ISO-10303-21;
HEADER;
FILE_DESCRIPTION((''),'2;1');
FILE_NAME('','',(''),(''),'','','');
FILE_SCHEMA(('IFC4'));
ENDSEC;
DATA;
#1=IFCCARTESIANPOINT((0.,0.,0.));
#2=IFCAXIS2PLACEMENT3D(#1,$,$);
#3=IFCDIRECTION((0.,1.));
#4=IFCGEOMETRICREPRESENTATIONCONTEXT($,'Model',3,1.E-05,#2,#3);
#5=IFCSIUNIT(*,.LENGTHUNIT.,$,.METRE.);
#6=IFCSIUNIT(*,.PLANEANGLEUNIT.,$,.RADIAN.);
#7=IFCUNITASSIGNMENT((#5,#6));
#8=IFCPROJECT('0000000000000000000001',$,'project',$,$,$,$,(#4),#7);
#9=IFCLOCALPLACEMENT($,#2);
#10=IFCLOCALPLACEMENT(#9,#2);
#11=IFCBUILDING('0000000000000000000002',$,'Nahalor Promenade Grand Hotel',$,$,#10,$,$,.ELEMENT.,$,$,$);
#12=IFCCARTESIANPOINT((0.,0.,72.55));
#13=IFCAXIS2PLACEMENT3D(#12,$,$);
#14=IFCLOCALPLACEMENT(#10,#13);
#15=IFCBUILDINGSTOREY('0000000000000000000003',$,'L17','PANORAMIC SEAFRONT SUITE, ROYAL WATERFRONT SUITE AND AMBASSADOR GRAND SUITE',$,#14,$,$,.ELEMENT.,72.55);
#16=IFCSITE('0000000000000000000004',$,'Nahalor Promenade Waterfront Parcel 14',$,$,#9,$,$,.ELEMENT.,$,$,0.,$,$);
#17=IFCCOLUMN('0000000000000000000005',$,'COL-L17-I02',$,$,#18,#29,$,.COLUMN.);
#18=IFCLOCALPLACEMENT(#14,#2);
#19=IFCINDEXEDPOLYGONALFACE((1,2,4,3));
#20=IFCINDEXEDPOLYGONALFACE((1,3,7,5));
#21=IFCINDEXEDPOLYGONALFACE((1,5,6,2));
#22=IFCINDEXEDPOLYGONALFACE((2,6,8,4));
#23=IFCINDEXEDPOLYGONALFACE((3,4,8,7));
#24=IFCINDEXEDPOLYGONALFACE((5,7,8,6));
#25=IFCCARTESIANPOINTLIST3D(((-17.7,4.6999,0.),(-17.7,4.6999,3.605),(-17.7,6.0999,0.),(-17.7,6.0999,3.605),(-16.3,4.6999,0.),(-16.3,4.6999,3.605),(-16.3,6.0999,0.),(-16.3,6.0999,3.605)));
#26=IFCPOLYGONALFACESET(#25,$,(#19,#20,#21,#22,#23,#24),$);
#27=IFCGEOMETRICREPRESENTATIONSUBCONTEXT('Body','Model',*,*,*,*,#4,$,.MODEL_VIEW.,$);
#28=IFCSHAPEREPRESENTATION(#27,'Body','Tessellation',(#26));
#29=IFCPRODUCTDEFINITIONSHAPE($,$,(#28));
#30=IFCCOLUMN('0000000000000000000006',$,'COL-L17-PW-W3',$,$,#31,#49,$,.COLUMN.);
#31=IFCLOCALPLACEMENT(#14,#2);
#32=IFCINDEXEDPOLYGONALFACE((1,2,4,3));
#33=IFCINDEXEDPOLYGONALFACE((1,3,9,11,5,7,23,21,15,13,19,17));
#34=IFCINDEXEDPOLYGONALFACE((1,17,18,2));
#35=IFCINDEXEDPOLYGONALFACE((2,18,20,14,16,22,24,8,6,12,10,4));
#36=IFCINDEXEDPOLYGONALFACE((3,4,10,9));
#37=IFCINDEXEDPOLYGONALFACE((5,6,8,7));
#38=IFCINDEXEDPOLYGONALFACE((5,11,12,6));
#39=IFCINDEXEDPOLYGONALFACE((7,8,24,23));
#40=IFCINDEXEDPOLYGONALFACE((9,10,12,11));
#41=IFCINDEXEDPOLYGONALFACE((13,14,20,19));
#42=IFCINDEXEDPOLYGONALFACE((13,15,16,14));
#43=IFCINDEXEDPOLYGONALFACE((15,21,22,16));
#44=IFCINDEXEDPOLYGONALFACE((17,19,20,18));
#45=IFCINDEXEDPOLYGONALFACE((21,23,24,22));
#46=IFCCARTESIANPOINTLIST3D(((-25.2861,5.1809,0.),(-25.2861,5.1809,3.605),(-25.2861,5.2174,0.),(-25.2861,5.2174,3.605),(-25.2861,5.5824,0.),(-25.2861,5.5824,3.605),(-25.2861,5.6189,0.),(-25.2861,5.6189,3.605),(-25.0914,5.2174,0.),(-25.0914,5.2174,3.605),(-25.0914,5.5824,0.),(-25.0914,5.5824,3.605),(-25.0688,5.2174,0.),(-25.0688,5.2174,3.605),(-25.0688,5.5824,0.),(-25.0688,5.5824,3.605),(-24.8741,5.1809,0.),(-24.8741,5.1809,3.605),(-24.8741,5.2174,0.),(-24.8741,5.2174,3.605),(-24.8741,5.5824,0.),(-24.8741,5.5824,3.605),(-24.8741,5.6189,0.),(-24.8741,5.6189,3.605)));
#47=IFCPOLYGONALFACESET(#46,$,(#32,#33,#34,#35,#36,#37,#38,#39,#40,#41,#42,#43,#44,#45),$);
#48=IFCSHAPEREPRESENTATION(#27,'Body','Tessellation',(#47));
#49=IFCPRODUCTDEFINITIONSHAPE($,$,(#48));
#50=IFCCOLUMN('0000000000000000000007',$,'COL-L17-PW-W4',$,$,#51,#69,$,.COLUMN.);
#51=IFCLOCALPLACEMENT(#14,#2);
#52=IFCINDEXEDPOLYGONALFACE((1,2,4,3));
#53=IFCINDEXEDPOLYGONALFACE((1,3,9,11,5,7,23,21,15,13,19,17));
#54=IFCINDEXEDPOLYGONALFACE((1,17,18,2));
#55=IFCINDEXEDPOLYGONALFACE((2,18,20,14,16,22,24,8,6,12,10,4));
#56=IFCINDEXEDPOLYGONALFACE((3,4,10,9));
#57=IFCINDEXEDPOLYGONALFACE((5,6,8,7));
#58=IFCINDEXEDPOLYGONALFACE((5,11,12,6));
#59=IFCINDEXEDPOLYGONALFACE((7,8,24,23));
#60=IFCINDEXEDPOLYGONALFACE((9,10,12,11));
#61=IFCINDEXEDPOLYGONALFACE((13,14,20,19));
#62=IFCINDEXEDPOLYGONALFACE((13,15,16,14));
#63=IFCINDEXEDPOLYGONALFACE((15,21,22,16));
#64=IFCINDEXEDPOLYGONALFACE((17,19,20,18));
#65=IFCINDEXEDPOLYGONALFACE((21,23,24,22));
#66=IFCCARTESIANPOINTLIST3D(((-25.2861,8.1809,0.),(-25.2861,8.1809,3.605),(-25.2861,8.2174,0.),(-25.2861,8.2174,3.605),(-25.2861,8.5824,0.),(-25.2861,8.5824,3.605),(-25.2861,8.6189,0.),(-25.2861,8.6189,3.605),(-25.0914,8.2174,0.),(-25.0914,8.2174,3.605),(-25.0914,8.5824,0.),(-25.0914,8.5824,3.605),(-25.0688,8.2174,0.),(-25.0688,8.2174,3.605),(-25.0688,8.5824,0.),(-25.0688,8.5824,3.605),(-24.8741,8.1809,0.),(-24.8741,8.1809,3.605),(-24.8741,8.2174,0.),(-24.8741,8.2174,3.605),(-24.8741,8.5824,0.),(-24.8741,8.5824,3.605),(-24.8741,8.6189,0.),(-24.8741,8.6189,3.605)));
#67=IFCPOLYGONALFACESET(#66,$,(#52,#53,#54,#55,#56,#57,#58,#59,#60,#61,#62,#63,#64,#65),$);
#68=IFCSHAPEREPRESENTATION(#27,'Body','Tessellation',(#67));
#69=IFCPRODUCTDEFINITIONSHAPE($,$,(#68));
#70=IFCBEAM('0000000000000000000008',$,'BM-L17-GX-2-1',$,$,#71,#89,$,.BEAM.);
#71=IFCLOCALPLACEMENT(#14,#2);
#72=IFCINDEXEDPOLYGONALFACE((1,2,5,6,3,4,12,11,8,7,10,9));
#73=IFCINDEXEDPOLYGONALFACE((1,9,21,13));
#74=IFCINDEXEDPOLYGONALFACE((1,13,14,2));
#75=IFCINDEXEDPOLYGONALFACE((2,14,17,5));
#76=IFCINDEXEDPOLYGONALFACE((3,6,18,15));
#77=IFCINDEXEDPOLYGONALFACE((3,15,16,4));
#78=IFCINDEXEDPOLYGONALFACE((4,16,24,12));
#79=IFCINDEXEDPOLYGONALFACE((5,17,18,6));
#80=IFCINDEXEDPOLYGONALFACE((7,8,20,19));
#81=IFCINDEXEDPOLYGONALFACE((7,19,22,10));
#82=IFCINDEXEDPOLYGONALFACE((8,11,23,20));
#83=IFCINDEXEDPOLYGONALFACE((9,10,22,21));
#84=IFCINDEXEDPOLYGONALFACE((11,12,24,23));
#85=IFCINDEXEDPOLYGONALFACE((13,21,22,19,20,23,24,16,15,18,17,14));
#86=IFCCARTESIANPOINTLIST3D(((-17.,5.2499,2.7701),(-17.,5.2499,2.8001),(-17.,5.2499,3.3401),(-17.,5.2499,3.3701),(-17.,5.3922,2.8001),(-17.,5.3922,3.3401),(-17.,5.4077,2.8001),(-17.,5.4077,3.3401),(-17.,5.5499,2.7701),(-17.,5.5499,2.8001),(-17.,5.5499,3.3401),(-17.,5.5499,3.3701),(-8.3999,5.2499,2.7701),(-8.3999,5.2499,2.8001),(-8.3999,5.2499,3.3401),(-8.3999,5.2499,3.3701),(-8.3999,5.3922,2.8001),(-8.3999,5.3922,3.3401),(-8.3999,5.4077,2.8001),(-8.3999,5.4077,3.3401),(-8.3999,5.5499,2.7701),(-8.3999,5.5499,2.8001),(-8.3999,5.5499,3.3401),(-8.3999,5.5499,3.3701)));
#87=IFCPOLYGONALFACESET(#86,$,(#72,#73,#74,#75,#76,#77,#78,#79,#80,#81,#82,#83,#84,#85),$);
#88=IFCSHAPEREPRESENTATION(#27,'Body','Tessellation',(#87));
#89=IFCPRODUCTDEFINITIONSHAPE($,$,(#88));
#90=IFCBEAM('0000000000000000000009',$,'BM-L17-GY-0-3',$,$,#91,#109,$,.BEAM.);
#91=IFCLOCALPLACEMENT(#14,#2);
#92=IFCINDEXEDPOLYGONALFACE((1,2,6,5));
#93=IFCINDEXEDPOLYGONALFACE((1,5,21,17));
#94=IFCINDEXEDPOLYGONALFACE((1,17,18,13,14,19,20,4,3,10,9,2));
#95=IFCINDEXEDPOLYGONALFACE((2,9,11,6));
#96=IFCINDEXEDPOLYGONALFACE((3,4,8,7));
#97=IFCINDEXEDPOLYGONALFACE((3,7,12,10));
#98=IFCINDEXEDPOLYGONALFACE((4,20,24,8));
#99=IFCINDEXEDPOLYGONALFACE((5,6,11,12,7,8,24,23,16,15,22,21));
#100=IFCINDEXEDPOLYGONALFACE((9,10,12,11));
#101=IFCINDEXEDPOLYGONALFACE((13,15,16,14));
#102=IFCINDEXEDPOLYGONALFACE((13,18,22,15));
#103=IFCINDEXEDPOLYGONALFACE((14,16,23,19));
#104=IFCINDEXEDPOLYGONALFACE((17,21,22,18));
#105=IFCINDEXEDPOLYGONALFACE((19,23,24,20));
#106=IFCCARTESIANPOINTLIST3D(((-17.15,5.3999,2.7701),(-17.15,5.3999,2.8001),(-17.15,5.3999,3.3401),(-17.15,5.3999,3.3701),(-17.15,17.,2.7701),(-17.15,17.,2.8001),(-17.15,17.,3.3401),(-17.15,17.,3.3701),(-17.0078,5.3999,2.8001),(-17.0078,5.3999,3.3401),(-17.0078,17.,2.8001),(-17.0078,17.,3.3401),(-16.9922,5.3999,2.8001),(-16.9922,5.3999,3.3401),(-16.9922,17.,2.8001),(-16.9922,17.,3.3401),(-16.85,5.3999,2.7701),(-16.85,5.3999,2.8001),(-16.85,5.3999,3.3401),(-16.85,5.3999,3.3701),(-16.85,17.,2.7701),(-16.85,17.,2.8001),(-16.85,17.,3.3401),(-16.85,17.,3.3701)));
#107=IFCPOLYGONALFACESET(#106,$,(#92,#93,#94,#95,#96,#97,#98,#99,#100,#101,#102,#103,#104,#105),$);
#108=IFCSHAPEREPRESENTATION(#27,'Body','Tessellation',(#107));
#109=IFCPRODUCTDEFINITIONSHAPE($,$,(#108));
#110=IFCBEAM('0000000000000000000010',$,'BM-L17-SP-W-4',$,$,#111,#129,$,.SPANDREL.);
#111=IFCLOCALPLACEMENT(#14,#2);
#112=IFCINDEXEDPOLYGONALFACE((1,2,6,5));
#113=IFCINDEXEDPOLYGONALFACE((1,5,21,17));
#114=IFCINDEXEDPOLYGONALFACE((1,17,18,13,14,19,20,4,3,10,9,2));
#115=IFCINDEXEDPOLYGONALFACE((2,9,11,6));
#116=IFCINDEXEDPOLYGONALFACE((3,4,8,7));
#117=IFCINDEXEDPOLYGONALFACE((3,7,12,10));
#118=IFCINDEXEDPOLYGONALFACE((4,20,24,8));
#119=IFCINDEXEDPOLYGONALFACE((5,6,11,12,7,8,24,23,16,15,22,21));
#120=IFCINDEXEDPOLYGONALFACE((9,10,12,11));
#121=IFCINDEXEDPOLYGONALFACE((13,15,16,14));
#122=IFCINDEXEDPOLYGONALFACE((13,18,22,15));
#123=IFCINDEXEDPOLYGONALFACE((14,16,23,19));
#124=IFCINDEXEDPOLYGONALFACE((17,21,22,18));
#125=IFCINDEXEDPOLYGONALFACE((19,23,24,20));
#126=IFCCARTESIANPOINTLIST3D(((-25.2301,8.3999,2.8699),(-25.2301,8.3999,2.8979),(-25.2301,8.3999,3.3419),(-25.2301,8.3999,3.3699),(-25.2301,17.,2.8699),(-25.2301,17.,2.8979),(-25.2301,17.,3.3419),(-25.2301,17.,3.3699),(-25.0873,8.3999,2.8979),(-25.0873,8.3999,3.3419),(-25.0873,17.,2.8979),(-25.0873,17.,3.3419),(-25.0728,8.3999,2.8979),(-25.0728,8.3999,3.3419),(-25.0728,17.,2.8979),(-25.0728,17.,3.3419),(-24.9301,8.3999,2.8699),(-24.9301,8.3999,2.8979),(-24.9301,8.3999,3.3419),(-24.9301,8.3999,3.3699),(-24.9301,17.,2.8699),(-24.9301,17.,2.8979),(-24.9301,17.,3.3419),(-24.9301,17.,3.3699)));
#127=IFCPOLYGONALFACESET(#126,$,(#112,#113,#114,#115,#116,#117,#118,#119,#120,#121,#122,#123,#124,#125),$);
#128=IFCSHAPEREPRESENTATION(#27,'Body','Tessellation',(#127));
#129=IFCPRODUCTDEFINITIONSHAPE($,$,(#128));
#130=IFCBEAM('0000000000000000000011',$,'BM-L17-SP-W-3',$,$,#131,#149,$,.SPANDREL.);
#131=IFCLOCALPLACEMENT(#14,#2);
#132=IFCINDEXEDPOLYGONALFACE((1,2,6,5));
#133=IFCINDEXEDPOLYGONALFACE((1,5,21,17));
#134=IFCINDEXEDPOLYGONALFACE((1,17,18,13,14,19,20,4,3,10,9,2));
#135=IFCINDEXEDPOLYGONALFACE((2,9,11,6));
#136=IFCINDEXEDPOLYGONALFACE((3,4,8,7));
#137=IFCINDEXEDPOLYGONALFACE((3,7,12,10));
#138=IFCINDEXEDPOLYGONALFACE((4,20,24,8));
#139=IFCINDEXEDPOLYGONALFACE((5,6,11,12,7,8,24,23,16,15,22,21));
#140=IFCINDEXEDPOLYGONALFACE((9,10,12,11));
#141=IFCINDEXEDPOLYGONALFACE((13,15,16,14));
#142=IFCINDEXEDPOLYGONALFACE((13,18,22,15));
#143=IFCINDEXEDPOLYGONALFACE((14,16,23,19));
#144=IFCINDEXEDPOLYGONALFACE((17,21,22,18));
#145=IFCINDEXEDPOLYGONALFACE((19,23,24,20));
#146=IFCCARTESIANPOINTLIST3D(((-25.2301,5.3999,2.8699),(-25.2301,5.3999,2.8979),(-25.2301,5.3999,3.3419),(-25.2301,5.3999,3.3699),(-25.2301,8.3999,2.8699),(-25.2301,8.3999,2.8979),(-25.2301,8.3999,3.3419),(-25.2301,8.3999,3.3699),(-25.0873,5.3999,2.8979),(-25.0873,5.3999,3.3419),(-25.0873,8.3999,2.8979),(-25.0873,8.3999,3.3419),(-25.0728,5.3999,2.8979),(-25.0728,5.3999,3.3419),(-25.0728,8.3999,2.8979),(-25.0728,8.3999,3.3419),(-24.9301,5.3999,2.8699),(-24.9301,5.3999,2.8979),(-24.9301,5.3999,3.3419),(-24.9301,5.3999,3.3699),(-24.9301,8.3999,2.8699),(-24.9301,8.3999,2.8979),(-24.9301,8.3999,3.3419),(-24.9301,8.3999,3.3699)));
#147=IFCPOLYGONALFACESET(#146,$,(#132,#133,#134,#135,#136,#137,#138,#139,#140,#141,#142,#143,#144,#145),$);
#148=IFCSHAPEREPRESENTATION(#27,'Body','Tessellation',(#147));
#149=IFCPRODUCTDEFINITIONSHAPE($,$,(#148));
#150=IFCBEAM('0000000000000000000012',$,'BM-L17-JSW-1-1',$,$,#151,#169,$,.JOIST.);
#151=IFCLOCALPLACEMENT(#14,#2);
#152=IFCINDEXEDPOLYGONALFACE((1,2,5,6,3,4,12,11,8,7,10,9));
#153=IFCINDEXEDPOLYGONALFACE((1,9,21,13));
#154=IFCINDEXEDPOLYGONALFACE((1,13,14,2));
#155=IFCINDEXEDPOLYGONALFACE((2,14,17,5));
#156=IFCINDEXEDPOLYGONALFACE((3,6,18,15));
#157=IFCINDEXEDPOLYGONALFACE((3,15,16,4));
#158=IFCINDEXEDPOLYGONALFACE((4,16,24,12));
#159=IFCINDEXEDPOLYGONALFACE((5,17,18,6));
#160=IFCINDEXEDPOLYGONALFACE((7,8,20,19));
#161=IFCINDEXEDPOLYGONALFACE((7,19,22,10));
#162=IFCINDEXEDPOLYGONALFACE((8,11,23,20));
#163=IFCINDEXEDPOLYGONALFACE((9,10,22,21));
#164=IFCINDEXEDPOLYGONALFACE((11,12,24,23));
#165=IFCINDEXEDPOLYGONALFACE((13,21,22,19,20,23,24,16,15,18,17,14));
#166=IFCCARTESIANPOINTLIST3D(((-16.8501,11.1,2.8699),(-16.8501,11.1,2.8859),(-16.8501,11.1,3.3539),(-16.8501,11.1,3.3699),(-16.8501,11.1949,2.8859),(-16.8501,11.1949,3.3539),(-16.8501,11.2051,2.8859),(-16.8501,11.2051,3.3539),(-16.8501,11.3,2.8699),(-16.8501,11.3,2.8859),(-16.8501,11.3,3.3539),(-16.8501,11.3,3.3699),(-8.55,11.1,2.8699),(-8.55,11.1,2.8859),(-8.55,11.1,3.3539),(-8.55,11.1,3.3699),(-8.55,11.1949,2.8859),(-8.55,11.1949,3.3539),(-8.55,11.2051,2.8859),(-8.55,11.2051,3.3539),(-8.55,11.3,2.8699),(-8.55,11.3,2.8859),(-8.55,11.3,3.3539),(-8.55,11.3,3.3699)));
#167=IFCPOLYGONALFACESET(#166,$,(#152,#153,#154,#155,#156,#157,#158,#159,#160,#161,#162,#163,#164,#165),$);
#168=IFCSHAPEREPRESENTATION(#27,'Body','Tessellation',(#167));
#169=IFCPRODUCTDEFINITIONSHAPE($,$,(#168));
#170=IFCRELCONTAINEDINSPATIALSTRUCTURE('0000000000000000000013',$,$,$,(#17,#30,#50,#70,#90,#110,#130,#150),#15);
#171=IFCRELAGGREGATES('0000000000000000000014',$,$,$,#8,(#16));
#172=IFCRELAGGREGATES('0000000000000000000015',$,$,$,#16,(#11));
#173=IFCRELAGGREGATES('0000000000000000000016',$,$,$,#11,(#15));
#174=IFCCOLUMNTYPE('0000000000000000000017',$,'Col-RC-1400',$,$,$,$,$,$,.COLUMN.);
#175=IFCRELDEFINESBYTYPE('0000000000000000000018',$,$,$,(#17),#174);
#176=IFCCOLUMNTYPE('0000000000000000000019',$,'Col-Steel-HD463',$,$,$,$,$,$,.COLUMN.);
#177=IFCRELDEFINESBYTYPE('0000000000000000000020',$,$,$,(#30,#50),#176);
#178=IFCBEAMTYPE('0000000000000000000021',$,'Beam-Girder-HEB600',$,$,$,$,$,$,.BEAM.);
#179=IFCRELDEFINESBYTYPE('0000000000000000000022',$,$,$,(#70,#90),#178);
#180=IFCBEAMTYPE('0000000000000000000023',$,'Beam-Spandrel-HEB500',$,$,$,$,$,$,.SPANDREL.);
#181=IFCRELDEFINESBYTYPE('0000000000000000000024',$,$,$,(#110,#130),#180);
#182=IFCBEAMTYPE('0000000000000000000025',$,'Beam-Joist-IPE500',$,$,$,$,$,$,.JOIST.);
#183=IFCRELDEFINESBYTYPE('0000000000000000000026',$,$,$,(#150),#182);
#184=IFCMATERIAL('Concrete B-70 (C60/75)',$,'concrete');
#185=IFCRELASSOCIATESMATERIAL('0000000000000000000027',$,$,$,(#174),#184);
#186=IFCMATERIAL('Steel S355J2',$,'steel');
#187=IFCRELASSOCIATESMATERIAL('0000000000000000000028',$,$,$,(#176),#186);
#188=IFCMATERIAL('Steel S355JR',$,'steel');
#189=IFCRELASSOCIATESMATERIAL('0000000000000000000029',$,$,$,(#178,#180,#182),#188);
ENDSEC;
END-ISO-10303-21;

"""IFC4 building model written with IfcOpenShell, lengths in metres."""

from ifc_helpers import new_model, si_unit, direction, frame, origin, origin_2d, place, context, subcontext, project, spatial, rectangle, i_section, extrude, source, transform, mapped, material, material_profile, profile_set, type_object, element, save


model = new_model("IFC4")

# Units and contexts
model_context = context("Model", 3, precision=1e-05, world=origin(), true_north=direction((0.0, 1.0)))
body_context = subcontext(model_context, "Body", "Model", "MODEL_VIEW")
ifc_project = project(units=[si_unit("LENGTHUNIT", "METRE"), si_unit("PLANEANGLEUNIT", "RADIAN")], contexts=[model_context])

# Site, building, storey
site_placement = place(None, origin())
site = spatial("IfcSite", under=ifc_project, at=site_placement, Name="Nahalor Promenade Waterfront Parcel 14", CompositionType="ELEMENT", RefElevation=0.0)
building_placement = place(site_placement, origin())
building = spatial("IfcBuilding", under=site, at=building_placement, Name="Nahalor Promenade Grand Hotel", CompositionType="ELEMENT")
storey_placement = place(building_placement, frame((0.0, 0.0, 72.55)))
storey = spatial("IfcBuildingStorey", under=building, at=storey_placement, Name="L17", Description="PANORAMIC SEAFRONT SUITE, ROYAL WATERFRONT SUITE AND AMBASSADOR GRAND SUITE", CompositionType="ELEMENT", Elevation=72.55)

# Columns
ifc_material_1 = material(Name="Concrete B-70 (C60/75)", Category="concrete")
ifc_material_profile_1 = material_profile(ifc_material_1, rectangle(XDim=1.4, YDim=1.4, at=origin_2d()), Name="RC 1400x1400")
ifc_profile_set_1 = profile_set([ifc_material_profile_1], Name="Concrete B-70 (C60/75)")
column_type_1 = type_object("IfcColumnType", Name="Col-RC-1400", PredefinedType="COLUMN", material=ifc_profile_set_1)
shared_shape_1 = source(origin(), body_context, "Body", "SweptSolid", [
    extrude(rectangle(XDim=1.4, YDim=1.4, at=origin_2d()), origin(), (0.0, 0.0, 1.0), 3.605),
])
column_placement = place(storey_placement, frame((-17.0, 5.3999, 0.0), z_axis=(0.0, 0.0, 1.0), x_axis=(1.0, 0.0, 0.0)))
element("IfcColumn", 1, at=column_placement, inside=storey, type_object=column_type_1, Name="COL-L17-I02", PredefinedType="COLUMN", context=body_context, shape_type="MappedRepresentation", body=[
    mapped(shared_shape_1, transform((0.0, 0.0, 0.0), scale=1.0)),
])
ifc_material_2 = material(Name="Steel S355J2", Category="steel")
ifc_material_profile_2 = material_profile(ifc_material_2, i_section(OverallWidth=0.412, OverallDepth=0.438, WebThickness=0.0226, FlangeThickness=0.0365, at=origin_2d()), Name="HD 400x463")
ifc_profile_set_2 = profile_set([ifc_material_profile_2], Name="Steel S355J2")
column_type_2 = type_object("IfcColumnType", Name="Col-Steel-HD463", PredefinedType="COLUMN", material=ifc_profile_set_2)
shared_shape_2 = source(origin(), body_context, "Body", "SweptSolid", [
    extrude(i_section(OverallWidth=0.412, OverallDepth=0.438, WebThickness=0.0226, FlangeThickness=0.0365, at=origin_2d()), origin(), (0.0, 0.0, 1.0), 3.605),
])
for number, where, z_axis, x_axis, name in (
    (2, (-25.0801, 5.3999, 0.0), (0.0, 0.0, 1.0), (1.0, 0.0, 0.0), "COL-L17-PW-W3"),
    (3, (-25.0801, 8.3999, 0.0), (0.0, 0.0, 1.0), (1.0, 0.0, 0.0), "COL-L17-PW-W4"),
):
    element("IfcColumn", number, at=place(storey_placement, frame(where, z_axis=z_axis, x_axis=x_axis)), inside=storey, type_object=column_type_2, Name=name, PredefinedType="COLUMN", context=body_context, shape_type="MappedRepresentation", body=[
        mapped(shared_shape_2, transform((0.0, 0.0, 0.0), scale=1.0)),
    ])

# Beams
ifc_material_3 = material(Name="Steel S355JR", Category="steel")
ifc_material_profile_3 = material_profile(ifc_material_3, i_section(OverallWidth=0.3, OverallDepth=0.6, WebThickness=0.0155, FlangeThickness=0.03, at=origin_2d()), Name="HEB 600")
ifc_profile_set_3 = profile_set([ifc_material_profile_3], Name="Steel S355JR")
beam_type_1 = type_object("IfcBeamType", Name="Beam-Girder-HEB600", PredefinedType="BEAM", material=ifc_profile_set_3)
shared_shape_3 = source(origin(), body_context, "Body", "SweptSolid", [
    extrude(i_section(OverallWidth=0.3, OverallDepth=0.6, WebThickness=0.0155, FlangeThickness=0.03, at=origin_2d()), origin(), (0.0, 0.0, 1.0), 8.6001),
])
beam_1_placement = place(storey_placement, frame((-17.0, 5.3999, 3.0701), z_axis=(1.0, 0.0, 0.0), x_axis=(0.0, 1.0, 0.0)))
element("IfcBeam", 4, at=beam_1_placement, inside=storey, type_object=beam_type_1, Name="BM-L17-GX-2-1", PredefinedType="BEAM", context=body_context, shape_type="MappedRepresentation", body=[
    mapped(shared_shape_3, transform((0.0, 0.0, 0.0), scale=1.0)),
])
shared_shape_4 = source(origin(), body_context, "Body", "SweptSolid", [
    extrude(i_section(OverallWidth=0.3, OverallDepth=0.6, WebThickness=0.0155, FlangeThickness=0.03, at=origin_2d()), origin(), (0.0, 0.0, 1.0), 11.6001),
])
beam_2_placement = place(storey_placement, frame((-17.0, 5.3999, 3.0701), z_axis=(0.0, 1.0, 0.0), x_axis=(-1.0, 0.0, 0.0)))
element("IfcBeam", 5, at=beam_2_placement, inside=storey, type_object=beam_type_1, Name="BM-L17-GY-0-3", PredefinedType="BEAM", context=body_context, shape_type="MappedRepresentation", body=[
    mapped(shared_shape_4, transform((0.0, 0.0, 0.0), scale=1.0)),
])
ifc_material_profile_4 = material_profile(ifc_material_3, i_section(OverallWidth=0.3, OverallDepth=0.5, WebThickness=0.0145, FlangeThickness=0.028, at=origin_2d()), Name="HEB 500")
ifc_profile_set_4 = profile_set([ifc_material_profile_4], Name="Steel S355JR")
beam_type_2 = type_object("IfcBeamType", Name="Beam-Spandrel-HEB500", PredefinedType="SPANDREL", material=ifc_profile_set_4)
shared_shape_5 = source(origin(), body_context, "Body", "SweptSolid", [
    extrude(i_section(OverallWidth=0.3, OverallDepth=0.5, WebThickness=0.0145, FlangeThickness=0.028, at=origin_2d()), origin(), (0.0, 0.0, 1.0), 8.6001),
])
beam_3_placement = place(storey_placement, frame((-25.0801, 8.3999, 3.1199), z_axis=(0.0, 1.0, 0.0), x_axis=(-1.0, 0.0, 0.0)))
element("IfcBeam", 6, at=beam_3_placement, inside=storey, type_object=beam_type_2, Name="BM-L17-SP-W-4", PredefinedType="SPANDREL", context=body_context, shape_type="MappedRepresentation", body=[
    mapped(shared_shape_5, transform((0.0, 0.0, 0.0), scale=1.0)),
])
shared_shape_6 = source(origin(), body_context, "Body", "SweptSolid", [
    extrude(i_section(OverallWidth=0.3, OverallDepth=0.5, WebThickness=0.0145, FlangeThickness=0.028, at=origin_2d()), origin(), (0.0, 0.0, 1.0), 3.0),
])
beam_4_placement = place(storey_placement, frame((-25.0801, 5.3999, 3.1199), z_axis=(0.0, 1.0, 0.0), x_axis=(-1.0, 0.0, 0.0)))
element("IfcBeam", 7, at=beam_4_placement, inside=storey, type_object=beam_type_2, Name="BM-L17-SP-W-3", PredefinedType="SPANDREL", context=body_context, shape_type="MappedRepresentation", body=[
    mapped(shared_shape_6, transform((0.0, 0.0, 0.0), scale=1.0)),
])
ifc_material_profile_5 = material_profile(ifc_material_3, i_section(OverallWidth=0.2, OverallDepth=0.5, WebThickness=0.0102, FlangeThickness=0.016, at=origin_2d()), Name="IPE 500")
ifc_profile_set_5 = profile_set([ifc_material_profile_5], Name="Steel S355JR")
beam_type_3 = type_object("IfcBeamType", Name="Beam-Joist-IPE500", PredefinedType="JOIST", material=ifc_profile_set_5)
shared_shape_7 = source(origin(), body_context, "Body", "SweptSolid", [
    extrude(i_section(OverallWidth=0.2, OverallDepth=0.5, WebThickness=0.0102, FlangeThickness=0.016, at=origin_2d()), origin(), (0.0, 0.0, 1.0), 8.3),
])
for number, where, z_axis, x_axis, name in (
    (8, (-16.8501, 11.2, 3.1199), (1.0, 0.0, 0.0), (0.0, 1.0, 0.0), "BM-L17-JSW-1-1"),
):
    element("IfcBeam", number, at=place(storey_placement, frame(where, z_axis=z_axis, x_axis=x_axis)), inside=storey, type_object=beam_type_3, Name=name, PredefinedType="JOIST", context=body_context, shape_type="MappedRepresentation", body=[
        mapped(shared_shape_7, transform((0.0, 0.0, 0.0), scale=1.0)),
    ])

save(model, "model.ifc")
